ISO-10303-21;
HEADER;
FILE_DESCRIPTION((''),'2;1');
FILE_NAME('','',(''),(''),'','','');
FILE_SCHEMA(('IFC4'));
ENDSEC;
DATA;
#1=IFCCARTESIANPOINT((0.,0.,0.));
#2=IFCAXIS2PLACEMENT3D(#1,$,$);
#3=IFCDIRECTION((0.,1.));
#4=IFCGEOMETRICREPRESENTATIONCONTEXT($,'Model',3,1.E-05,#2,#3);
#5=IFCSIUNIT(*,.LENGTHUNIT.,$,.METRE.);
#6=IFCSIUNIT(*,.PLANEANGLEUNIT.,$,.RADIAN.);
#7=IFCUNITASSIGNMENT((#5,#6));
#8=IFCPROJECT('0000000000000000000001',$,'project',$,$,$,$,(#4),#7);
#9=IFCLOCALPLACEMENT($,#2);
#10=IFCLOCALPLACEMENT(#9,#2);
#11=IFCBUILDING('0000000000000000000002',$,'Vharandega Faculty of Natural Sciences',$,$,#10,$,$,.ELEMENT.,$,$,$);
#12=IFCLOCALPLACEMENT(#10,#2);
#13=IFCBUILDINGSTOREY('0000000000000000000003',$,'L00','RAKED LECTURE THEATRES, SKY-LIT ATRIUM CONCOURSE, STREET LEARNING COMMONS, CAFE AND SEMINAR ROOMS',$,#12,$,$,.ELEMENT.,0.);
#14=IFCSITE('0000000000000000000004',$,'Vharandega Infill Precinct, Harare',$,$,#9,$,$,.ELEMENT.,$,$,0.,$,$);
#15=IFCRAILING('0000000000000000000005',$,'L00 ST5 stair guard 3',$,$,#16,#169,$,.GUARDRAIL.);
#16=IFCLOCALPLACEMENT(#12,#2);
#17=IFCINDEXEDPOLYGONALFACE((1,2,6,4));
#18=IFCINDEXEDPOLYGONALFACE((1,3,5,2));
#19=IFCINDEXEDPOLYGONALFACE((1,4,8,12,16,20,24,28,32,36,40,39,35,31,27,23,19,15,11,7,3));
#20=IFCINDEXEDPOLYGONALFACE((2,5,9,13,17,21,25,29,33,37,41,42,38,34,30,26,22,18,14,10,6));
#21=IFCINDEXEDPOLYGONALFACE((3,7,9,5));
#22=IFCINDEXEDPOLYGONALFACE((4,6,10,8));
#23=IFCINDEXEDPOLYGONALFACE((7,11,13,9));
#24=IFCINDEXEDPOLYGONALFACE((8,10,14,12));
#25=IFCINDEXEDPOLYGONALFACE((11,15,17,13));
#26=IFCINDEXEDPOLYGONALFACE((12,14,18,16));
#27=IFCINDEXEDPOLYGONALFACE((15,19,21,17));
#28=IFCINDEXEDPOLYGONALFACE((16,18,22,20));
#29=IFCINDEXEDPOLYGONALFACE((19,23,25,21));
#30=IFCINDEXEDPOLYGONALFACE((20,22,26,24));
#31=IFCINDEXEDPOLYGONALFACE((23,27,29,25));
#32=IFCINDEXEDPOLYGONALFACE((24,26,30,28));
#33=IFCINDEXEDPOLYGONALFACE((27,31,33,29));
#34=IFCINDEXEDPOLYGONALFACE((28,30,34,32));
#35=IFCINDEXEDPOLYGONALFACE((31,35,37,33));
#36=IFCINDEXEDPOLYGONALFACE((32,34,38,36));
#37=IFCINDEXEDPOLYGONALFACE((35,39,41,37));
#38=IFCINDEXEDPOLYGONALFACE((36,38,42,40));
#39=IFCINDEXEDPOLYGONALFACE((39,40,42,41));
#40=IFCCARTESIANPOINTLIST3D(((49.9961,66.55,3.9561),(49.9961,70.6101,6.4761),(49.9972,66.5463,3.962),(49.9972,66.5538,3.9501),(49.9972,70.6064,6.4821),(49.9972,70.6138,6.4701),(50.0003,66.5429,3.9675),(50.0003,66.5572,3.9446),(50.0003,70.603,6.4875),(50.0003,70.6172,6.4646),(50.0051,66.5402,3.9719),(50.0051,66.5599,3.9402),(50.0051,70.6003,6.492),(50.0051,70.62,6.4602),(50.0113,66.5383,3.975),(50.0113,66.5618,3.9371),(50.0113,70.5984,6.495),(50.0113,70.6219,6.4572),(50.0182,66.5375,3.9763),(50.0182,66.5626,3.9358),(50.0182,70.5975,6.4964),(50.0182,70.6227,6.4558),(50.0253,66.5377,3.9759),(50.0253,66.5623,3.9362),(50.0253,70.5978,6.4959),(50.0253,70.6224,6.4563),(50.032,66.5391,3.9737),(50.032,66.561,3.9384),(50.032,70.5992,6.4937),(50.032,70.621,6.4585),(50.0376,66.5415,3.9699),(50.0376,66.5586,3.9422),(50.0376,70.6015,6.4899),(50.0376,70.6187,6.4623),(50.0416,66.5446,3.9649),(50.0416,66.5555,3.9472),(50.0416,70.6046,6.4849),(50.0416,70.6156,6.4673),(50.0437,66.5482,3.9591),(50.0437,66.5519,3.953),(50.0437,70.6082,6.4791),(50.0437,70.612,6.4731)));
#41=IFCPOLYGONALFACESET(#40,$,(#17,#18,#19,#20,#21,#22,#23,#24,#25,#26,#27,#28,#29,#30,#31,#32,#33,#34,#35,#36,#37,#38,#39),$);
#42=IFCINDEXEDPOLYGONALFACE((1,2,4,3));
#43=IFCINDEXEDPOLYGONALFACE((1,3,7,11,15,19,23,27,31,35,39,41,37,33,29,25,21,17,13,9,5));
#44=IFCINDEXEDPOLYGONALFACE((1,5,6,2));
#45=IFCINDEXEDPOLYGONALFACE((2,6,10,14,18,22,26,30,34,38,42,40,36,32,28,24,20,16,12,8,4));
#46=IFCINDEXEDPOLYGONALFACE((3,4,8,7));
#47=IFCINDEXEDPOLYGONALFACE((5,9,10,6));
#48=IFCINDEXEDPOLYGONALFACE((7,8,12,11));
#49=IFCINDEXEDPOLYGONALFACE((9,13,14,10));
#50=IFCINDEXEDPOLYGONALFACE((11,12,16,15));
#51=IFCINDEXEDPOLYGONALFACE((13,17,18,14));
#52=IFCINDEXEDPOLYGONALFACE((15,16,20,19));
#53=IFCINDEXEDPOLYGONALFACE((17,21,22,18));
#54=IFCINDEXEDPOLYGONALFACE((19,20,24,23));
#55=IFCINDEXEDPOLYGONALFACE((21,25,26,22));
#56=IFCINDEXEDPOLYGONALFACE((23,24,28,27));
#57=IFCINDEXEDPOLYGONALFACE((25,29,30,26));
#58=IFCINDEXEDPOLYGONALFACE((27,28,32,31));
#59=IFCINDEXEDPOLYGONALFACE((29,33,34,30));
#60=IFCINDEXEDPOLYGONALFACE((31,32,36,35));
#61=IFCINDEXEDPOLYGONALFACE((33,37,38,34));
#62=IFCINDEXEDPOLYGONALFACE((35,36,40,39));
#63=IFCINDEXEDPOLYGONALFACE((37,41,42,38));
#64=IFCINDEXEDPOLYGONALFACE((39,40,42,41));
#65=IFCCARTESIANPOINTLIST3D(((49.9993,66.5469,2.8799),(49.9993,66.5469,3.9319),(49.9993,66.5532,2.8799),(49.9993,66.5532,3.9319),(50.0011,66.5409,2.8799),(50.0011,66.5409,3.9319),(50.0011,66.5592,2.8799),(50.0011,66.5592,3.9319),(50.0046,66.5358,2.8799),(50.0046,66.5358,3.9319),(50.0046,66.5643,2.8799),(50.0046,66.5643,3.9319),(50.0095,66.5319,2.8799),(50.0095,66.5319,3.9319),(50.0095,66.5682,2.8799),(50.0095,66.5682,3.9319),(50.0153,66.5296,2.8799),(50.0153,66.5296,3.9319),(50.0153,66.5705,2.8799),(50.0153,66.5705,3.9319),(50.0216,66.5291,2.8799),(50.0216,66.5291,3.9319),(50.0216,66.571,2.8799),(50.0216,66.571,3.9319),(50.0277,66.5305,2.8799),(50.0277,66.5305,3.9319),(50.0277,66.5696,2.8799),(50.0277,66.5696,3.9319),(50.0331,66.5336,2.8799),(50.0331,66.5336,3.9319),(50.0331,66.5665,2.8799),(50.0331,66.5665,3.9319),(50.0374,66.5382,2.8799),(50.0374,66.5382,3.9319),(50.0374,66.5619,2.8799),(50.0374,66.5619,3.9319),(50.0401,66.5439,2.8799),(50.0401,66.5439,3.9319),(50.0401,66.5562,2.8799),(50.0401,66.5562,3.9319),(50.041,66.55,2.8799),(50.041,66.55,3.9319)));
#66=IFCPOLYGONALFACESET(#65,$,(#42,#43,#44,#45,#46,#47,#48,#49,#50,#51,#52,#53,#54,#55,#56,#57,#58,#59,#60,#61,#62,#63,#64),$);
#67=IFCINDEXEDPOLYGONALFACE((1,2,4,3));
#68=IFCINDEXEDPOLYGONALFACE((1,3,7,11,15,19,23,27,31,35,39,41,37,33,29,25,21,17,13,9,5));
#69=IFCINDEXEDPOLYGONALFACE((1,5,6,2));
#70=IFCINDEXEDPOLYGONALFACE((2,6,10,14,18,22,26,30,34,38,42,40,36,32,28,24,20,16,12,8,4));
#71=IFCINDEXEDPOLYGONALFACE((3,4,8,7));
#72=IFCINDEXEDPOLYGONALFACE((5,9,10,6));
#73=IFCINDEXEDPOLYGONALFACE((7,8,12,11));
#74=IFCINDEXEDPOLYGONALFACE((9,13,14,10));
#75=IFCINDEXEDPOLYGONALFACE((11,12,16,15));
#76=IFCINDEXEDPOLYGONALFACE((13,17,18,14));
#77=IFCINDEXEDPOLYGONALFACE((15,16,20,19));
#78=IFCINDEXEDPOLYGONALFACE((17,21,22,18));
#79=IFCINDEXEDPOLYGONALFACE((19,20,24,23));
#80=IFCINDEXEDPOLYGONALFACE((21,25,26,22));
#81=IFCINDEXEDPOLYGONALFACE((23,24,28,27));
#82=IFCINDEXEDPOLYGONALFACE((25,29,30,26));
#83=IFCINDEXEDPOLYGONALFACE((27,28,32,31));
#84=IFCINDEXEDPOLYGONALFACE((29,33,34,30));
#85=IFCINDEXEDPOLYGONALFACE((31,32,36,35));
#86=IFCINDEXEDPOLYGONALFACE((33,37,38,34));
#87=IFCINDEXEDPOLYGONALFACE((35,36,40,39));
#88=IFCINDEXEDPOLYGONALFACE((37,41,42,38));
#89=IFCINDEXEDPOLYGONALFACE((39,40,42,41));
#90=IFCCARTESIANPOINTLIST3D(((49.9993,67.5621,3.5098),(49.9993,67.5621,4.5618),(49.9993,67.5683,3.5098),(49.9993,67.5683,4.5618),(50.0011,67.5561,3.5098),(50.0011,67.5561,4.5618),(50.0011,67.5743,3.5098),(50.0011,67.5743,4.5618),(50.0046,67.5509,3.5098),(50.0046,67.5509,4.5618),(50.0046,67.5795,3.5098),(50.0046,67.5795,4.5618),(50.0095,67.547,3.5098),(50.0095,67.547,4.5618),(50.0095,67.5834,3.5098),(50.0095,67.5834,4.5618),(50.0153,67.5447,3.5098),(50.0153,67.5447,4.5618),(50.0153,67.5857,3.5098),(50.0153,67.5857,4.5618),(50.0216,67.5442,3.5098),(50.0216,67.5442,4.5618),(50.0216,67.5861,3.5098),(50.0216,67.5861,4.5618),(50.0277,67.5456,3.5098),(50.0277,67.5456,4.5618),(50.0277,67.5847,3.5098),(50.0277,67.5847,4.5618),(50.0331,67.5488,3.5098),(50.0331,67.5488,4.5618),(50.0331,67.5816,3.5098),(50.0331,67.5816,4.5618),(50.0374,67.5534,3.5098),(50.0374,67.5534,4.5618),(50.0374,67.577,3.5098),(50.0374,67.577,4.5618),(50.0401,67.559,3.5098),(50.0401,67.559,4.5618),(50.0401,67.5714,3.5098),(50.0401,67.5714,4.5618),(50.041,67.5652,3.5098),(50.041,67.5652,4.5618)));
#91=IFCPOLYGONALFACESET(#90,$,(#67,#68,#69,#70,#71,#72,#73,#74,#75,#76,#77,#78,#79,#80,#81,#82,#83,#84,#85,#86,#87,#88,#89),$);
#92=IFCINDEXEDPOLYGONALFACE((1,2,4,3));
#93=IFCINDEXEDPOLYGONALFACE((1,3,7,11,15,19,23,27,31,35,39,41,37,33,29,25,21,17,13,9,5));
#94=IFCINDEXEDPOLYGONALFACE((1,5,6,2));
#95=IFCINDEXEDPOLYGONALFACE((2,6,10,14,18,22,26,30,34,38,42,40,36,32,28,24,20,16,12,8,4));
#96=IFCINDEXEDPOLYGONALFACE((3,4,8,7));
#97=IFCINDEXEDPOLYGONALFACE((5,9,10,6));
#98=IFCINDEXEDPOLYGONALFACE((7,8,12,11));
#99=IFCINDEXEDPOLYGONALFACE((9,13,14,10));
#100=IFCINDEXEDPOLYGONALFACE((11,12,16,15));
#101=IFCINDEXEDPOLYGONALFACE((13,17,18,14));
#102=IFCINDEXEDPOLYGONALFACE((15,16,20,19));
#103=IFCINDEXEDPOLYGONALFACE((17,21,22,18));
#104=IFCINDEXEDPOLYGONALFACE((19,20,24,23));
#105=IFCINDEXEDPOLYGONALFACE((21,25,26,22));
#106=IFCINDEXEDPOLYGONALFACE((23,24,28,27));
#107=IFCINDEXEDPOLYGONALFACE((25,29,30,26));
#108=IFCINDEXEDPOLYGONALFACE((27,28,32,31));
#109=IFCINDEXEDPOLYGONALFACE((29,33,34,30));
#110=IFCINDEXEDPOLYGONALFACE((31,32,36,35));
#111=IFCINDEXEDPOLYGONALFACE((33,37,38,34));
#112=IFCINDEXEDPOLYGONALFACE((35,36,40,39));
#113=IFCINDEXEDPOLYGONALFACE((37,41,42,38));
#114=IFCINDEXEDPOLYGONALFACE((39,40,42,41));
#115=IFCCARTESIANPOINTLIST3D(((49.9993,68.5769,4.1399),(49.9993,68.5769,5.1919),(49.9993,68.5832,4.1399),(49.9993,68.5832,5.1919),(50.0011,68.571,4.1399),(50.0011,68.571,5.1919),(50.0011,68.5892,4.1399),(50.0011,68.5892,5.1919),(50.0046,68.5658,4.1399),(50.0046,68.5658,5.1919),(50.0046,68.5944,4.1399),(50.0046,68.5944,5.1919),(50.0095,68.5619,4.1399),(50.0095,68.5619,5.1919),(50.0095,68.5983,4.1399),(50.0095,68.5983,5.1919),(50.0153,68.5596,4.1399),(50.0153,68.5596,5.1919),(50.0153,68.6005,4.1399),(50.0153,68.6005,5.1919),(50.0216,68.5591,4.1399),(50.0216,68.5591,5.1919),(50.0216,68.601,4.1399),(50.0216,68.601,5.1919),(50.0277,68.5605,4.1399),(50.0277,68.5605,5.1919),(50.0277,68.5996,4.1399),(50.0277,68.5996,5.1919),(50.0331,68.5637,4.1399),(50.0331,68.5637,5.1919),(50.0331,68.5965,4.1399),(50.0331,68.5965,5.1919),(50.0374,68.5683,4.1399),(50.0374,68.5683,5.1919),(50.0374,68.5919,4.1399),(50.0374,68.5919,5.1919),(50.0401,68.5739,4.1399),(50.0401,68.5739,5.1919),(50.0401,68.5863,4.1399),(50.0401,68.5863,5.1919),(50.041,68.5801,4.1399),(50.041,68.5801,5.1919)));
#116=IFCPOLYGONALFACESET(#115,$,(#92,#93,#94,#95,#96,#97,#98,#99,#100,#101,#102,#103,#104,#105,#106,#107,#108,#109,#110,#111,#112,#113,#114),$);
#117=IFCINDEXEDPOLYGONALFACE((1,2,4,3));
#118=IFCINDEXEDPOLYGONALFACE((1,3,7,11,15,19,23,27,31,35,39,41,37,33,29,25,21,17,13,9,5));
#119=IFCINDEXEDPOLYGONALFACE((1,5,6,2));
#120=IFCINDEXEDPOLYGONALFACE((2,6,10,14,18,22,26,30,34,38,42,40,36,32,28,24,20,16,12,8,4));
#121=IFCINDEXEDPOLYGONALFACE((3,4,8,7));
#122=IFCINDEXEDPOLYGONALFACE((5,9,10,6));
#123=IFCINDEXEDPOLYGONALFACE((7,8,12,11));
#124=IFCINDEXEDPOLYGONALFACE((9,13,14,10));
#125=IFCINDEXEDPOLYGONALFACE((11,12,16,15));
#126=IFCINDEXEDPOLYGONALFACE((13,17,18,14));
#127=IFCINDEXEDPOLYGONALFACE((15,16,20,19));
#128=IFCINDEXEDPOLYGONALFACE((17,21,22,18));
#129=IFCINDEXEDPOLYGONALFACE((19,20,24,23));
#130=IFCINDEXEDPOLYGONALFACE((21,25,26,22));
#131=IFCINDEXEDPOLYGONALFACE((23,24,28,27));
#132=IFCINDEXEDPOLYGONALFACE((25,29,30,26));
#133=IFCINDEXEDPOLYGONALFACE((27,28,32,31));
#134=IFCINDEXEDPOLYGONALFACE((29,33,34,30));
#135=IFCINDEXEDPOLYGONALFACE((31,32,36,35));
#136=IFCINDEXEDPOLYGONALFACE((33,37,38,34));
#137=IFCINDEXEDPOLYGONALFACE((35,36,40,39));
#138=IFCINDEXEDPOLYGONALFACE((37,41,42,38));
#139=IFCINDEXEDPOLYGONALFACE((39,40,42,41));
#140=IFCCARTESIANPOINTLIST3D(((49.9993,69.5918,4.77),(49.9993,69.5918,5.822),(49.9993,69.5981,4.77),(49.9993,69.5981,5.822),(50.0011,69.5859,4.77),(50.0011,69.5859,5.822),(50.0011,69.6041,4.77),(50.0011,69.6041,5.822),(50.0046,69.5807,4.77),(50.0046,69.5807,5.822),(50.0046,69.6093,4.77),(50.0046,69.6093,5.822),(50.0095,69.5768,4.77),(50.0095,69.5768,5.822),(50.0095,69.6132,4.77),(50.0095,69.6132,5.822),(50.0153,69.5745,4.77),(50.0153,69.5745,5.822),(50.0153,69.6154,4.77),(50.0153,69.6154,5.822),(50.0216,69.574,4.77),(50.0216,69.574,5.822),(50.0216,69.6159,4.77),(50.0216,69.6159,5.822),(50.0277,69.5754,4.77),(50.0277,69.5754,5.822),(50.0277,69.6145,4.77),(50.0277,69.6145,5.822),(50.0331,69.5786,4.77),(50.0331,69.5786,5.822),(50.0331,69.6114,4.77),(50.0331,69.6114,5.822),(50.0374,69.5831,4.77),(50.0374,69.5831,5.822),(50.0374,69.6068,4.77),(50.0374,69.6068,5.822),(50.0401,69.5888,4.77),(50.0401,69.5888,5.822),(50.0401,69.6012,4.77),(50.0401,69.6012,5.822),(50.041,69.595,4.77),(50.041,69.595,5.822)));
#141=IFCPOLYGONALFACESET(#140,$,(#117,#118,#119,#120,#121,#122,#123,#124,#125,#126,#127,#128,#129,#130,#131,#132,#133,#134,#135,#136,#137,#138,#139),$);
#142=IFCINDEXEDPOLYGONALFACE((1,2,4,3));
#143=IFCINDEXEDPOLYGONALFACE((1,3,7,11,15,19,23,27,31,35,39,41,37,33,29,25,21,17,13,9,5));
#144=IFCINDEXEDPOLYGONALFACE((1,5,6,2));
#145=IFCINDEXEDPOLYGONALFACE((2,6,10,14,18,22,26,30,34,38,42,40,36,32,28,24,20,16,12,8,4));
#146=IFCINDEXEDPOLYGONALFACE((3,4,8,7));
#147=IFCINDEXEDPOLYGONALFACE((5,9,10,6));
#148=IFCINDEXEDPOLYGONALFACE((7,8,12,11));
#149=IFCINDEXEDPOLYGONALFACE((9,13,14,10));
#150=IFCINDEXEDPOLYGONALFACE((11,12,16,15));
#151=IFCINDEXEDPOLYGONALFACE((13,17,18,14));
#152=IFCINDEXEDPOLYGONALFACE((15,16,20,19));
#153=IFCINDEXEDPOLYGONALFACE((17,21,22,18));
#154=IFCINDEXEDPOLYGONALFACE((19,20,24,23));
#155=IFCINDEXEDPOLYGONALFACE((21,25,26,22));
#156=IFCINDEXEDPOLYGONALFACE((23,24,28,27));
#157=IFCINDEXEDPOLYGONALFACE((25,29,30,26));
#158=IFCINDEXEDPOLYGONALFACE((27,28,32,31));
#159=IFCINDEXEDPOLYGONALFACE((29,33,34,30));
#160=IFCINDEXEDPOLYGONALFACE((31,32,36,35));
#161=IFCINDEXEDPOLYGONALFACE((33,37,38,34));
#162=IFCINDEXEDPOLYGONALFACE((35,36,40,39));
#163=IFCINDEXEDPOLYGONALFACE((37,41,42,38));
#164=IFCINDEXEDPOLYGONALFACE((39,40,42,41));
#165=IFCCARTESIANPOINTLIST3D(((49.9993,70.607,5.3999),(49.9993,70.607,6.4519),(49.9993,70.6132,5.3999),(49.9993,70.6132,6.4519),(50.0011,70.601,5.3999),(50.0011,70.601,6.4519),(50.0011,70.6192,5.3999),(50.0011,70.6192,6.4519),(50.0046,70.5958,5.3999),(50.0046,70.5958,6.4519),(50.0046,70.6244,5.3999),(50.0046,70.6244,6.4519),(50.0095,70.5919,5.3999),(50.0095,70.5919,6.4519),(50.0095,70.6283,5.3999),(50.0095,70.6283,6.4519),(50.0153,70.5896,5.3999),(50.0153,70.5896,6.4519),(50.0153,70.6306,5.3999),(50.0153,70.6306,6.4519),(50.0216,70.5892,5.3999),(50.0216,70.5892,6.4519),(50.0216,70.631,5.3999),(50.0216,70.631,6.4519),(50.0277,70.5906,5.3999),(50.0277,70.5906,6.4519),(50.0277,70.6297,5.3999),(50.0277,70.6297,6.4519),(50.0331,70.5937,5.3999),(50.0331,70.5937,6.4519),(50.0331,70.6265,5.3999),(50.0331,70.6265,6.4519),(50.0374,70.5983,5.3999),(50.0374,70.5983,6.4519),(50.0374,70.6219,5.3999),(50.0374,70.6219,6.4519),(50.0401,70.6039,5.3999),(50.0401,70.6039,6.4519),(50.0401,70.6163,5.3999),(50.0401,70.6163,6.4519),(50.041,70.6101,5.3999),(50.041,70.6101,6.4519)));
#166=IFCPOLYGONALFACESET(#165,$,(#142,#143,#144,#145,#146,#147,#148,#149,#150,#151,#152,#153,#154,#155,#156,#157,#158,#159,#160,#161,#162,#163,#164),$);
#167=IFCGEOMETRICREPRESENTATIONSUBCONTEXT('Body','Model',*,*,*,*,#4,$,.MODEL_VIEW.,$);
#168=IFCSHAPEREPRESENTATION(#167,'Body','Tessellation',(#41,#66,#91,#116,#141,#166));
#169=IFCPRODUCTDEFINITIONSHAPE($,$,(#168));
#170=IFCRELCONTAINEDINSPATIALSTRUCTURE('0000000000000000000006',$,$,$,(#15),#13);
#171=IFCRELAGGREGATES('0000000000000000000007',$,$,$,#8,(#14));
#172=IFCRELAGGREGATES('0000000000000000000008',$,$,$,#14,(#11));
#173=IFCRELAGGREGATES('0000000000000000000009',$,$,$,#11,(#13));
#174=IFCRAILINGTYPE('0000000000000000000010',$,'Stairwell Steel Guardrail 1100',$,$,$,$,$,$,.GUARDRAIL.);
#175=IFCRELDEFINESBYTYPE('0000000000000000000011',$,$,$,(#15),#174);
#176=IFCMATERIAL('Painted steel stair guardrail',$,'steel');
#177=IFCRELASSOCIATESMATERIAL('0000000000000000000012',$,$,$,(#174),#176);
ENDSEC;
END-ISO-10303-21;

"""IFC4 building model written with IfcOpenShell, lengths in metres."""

from ifc_helpers import new_model, si_unit, direction, frame, origin, origin_2d, place, context, subcontext, project, spatial, circle, extrude, material, type_object, element, save


model = new_model("IFC4")

# Units and contexts
model_context = context("Model", 3, precision=1e-05, world=origin(), true_north=direction((0.0, 1.0)))
body_context = subcontext(model_context, "Body", "Model", "MODEL_VIEW")
ifc_project = project(units=[si_unit("LENGTHUNIT", "METRE"), si_unit("PLANEANGLEUNIT", "RADIAN")], contexts=[model_context])

# Site, building, storey
site_placement = place(None, origin())
site = spatial("IfcSite", under=ifc_project, at=site_placement, Name="Vharandega Infill Precinct, Harare", CompositionType="ELEMENT", RefElevation=0.0)
building_placement = place(site_placement, origin())
building = spatial("IfcBuilding", under=site, at=building_placement, Name="Vharandega Faculty of Natural Sciences", CompositionType="ELEMENT")
storey_placement = place(building_placement, origin())
storey = spatial("IfcBuildingStorey", under=building, at=storey_placement, Name="L00", Description="RAKED LECTURE THEATRES, SKY-LIT ATRIUM CONCOURSE, STREET LEARNING COMMONS, CAFE AND SEMINAR ROOMS", CompositionType="ELEMENT", Elevation=0.0)

# Railing
ifc_material_1 = material(Name="Painted steel stair guardrail", Category="steel")
railing_type = type_object("IfcRailingType", Name="Stairwell Steel Guardrail 1100", PredefinedType="GUARDRAIL", material=ifc_material_1)
railing_1_placement = place(storey_placement, frame((50.02, 66.55, 2.8799)))
element("IfcRailing", 1, at=railing_1_placement, inside=storey, type_object=railing_type, Name="L00 ST5 stair guard 3", PredefinedType="GUARDRAIL", context=body_context, shape_type="SweptSolid", body=[
    extrude(circle(Radius=0.0239, at=origin_2d()), frame((0.0, 0.0, 1.0762), z_axis=(0.0, 0.849642, 0.52736), x_axis=(-1.0, 0.0, 0.0)), (0.0, 0.0, 1.0), 4.7786),
    extrude(circle(Radius=0.021, at=origin_2d()), origin(), (0.0, 0.0, 1.0), 1.052),
    extrude(circle(Radius=0.021, at=origin_2d()), frame((0.0, 1.0151, 0.6299)), (0.0, 0.0, 1.0), 1.052),
    extrude(circle(Radius=0.021, at=origin_2d()), frame((0.0, 2.03, 1.26)), (0.0, 0.0, 1.0), 1.052),
    extrude(circle(Radius=0.021, at=origin_2d()), frame((0.0, 3.0449, 1.8901)), (0.0, 0.0, 1.0), 1.052),
    extrude(circle(Radius=0.021, at=origin_2d()), frame((0.0, 4.0601, 2.52)), (0.0, 0.0, 1.0), 1.052),
])

save(model, "model.ifc")
